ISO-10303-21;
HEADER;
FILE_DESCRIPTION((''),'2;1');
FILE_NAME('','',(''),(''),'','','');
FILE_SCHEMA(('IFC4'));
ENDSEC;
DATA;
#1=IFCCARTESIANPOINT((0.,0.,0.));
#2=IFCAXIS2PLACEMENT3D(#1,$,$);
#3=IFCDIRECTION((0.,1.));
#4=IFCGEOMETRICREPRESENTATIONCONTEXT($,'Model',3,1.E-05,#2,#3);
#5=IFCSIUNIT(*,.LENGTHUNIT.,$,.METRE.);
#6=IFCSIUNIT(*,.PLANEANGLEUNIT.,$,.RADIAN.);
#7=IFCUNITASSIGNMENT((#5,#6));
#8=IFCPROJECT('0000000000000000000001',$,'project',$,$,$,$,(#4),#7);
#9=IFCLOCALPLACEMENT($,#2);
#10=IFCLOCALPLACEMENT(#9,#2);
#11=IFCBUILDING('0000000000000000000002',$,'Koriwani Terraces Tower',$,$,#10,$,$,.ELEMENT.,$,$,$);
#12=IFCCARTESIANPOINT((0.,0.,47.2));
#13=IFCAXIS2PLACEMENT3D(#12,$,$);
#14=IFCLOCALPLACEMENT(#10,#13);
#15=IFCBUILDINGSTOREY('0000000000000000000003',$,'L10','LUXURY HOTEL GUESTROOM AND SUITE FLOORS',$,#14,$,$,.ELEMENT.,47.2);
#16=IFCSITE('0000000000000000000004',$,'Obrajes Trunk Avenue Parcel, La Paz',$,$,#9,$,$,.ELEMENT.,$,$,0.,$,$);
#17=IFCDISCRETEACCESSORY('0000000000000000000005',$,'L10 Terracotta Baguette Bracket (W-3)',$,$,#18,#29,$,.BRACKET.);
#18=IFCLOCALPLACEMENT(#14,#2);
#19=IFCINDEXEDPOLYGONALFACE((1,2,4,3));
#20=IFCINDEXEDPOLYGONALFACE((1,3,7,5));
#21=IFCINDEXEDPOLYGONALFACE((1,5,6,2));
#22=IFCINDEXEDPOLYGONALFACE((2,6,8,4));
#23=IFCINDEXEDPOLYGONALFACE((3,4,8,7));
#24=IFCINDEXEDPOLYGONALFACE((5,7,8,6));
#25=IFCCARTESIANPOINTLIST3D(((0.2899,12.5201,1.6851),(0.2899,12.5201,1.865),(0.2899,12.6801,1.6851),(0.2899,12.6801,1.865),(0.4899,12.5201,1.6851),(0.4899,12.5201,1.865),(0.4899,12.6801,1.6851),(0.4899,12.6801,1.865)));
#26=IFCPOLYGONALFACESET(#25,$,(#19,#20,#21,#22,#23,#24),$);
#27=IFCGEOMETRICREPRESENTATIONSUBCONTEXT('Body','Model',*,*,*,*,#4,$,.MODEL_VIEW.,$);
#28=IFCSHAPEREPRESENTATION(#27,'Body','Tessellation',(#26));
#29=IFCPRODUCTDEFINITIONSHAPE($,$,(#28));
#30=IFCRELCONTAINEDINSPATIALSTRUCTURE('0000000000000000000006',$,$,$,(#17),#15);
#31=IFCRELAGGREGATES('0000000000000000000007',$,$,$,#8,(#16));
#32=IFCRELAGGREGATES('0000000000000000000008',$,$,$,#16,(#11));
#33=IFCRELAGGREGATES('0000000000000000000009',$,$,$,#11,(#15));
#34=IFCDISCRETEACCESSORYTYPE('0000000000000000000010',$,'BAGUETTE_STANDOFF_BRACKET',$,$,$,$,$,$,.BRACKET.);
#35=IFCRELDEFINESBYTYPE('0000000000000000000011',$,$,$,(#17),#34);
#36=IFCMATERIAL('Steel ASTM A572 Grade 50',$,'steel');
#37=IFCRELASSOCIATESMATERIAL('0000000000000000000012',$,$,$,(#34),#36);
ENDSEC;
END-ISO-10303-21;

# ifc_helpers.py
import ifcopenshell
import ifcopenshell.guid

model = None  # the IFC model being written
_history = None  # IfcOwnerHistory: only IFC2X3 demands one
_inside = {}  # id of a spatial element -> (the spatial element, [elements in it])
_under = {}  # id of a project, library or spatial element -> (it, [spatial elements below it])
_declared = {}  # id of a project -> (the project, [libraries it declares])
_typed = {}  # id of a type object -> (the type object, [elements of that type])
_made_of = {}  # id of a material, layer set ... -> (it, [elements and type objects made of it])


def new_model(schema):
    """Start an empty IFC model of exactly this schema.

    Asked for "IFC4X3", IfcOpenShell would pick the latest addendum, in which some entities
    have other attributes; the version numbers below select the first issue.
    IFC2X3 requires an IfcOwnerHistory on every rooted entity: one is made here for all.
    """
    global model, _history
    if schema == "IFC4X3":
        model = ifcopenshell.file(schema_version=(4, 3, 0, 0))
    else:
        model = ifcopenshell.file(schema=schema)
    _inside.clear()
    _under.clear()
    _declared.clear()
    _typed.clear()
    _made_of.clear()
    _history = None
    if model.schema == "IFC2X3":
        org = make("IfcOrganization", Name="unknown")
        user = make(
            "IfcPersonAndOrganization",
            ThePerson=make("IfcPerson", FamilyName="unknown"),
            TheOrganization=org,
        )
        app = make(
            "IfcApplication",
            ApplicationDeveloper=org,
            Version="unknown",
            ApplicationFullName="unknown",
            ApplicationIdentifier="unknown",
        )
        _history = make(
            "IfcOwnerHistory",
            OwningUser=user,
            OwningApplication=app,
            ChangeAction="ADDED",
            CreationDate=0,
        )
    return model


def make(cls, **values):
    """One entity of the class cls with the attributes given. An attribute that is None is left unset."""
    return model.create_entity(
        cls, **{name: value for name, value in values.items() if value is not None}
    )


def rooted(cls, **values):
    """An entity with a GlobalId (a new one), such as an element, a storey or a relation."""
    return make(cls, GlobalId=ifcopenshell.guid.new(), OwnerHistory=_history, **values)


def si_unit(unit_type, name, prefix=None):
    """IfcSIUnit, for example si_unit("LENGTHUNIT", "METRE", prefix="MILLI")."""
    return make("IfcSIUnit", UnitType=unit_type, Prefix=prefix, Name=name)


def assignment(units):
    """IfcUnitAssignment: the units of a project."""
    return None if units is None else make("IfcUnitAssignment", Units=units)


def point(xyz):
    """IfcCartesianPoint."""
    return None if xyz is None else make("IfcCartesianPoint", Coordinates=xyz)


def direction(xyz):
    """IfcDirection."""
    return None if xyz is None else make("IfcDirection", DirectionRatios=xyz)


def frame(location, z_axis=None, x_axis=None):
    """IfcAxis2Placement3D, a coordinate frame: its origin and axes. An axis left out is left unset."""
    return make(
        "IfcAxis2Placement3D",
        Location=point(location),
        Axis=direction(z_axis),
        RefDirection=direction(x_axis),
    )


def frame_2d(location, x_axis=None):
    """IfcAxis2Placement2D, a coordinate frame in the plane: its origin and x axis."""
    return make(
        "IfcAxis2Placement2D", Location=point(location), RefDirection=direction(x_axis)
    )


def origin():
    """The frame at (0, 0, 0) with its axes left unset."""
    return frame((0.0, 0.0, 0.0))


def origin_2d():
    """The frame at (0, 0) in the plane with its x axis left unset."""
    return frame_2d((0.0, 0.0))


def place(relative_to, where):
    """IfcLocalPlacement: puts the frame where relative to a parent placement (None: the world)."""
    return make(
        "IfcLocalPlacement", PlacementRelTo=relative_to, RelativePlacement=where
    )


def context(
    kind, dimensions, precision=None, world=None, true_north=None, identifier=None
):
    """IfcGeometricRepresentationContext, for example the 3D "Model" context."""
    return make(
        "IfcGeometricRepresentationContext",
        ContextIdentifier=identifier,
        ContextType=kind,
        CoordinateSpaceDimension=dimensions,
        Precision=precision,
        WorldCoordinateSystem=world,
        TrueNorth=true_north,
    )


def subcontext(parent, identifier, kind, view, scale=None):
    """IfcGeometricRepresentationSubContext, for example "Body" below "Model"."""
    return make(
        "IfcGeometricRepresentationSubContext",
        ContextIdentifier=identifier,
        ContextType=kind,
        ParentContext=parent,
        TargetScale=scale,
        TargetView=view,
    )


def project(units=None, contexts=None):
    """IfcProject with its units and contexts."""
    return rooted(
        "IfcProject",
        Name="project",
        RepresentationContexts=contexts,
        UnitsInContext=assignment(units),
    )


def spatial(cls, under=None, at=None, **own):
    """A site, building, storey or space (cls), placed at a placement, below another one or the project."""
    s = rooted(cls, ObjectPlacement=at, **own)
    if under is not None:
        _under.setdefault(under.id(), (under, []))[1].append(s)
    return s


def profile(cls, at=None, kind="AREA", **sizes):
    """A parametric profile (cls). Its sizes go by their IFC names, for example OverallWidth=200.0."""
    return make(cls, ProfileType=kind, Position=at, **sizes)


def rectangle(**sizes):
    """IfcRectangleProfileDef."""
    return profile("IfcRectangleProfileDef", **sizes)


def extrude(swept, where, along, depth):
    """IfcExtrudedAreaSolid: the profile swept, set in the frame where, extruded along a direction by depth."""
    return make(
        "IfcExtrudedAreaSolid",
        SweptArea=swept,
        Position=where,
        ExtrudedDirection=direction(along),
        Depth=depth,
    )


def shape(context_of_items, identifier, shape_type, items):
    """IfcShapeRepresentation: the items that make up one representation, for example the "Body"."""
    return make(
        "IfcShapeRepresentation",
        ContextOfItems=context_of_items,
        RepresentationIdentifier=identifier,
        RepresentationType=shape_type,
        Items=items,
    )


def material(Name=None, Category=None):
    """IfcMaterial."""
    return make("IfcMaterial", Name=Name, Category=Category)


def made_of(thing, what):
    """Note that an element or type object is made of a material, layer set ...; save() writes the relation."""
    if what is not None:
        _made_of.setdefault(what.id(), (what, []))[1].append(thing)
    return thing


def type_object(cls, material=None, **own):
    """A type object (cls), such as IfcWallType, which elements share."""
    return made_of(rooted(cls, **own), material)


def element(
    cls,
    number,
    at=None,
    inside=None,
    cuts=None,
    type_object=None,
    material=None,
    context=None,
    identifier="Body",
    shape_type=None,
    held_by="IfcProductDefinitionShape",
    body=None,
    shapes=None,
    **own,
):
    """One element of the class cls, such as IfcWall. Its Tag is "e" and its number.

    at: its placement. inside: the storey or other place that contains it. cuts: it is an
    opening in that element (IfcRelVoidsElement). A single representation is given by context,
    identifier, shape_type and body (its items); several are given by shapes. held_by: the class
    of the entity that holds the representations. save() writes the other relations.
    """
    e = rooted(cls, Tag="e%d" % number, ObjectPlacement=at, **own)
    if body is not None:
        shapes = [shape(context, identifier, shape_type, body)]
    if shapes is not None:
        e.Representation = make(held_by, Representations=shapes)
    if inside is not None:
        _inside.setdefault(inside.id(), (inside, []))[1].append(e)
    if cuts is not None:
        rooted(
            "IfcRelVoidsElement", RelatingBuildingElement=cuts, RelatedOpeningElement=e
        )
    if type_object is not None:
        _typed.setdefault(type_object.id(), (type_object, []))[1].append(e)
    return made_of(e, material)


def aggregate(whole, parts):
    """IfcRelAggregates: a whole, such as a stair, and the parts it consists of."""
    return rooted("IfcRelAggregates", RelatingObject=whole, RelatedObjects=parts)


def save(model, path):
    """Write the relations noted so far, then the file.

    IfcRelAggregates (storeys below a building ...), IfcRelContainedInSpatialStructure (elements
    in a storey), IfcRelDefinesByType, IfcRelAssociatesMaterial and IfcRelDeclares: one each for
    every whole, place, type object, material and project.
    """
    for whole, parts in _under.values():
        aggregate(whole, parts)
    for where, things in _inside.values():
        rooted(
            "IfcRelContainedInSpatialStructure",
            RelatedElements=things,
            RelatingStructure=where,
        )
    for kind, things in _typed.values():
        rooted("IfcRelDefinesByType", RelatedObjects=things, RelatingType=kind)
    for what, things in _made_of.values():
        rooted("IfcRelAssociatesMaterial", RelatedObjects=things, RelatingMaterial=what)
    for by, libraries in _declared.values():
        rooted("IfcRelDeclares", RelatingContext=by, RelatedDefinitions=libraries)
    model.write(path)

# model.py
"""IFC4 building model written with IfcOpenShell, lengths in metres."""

from ifc_helpers import new_model, si_unit, direction, frame, origin, origin_2d, place, context, subcontext, project, spatial, rectangle, extrude, material, type_object, element, save


model = new_model("IFC4")

# Units and contexts
model_context = context("Model", 3, precision=1e-05, world=origin(), true_north=direction((0.0, 1.0)))
body_context = subcontext(model_context, "Body", "Model", "MODEL_VIEW")
ifc_project = project(units=[si_unit("LENGTHUNIT", "METRE"), si_unit("PLANEANGLEUNIT", "RADIAN")], contexts=[model_context])

# Site, building, storey
site_placement = place(None, origin())
site = spatial("IfcSite", under=ifc_project, at=site_placement, Name="Obrajes Trunk Avenue Parcel, La Paz", CompositionType="ELEMENT", RefElevation=0.0)
building_placement = place(site_placement, origin())
building = spatial("IfcBuilding", under=site, at=building_placement, Name="Koriwani Terraces Tower", CompositionType="ELEMENT")
storey_placement = place(building_placement, frame((0.0, 0.0, 47.2)))
storey = spatial("IfcBuildingStorey", under=building, at=storey_placement, Name="L10", Description="LUXURY HOTEL GUESTROOM AND SUITE FLOORS", CompositionType="ELEMENT", Elevation=47.2)

# Shared definitions
ifc_material_1 = material(Name="Steel ASTM A572 Grade 50", Category="steel")

# Discrete accessory
discrete_accessory_type = type_object("IfcDiscreteAccessoryType", Name="BAGUETTE_STANDOFF_BRACKET", PredefinedType="BRACKET", material=ifc_material_1)
discrete_accessory_placement = place(storey_placement, frame((0.3899, 12.6001, 1.6851), z_axis=(0.0, 0.0, 1.0), x_axis=(0.0, 1.0, 0.0)))
element("IfcDiscreteAccessory", 1, at=discrete_accessory_placement, inside=storey, type_object=discrete_accessory_type, Name="L10 Terracotta Baguette Bracket (W-3)", PredefinedType="BRACKET", context=body_context, shape_type="SweptSolid", body=[
    extrude(rectangle(XDim=0.1599, YDim=0.2, at=origin_2d()), origin(), (0.0, 0.0, 1.0), 0.1799),
])

save(model, "model.ifc")
